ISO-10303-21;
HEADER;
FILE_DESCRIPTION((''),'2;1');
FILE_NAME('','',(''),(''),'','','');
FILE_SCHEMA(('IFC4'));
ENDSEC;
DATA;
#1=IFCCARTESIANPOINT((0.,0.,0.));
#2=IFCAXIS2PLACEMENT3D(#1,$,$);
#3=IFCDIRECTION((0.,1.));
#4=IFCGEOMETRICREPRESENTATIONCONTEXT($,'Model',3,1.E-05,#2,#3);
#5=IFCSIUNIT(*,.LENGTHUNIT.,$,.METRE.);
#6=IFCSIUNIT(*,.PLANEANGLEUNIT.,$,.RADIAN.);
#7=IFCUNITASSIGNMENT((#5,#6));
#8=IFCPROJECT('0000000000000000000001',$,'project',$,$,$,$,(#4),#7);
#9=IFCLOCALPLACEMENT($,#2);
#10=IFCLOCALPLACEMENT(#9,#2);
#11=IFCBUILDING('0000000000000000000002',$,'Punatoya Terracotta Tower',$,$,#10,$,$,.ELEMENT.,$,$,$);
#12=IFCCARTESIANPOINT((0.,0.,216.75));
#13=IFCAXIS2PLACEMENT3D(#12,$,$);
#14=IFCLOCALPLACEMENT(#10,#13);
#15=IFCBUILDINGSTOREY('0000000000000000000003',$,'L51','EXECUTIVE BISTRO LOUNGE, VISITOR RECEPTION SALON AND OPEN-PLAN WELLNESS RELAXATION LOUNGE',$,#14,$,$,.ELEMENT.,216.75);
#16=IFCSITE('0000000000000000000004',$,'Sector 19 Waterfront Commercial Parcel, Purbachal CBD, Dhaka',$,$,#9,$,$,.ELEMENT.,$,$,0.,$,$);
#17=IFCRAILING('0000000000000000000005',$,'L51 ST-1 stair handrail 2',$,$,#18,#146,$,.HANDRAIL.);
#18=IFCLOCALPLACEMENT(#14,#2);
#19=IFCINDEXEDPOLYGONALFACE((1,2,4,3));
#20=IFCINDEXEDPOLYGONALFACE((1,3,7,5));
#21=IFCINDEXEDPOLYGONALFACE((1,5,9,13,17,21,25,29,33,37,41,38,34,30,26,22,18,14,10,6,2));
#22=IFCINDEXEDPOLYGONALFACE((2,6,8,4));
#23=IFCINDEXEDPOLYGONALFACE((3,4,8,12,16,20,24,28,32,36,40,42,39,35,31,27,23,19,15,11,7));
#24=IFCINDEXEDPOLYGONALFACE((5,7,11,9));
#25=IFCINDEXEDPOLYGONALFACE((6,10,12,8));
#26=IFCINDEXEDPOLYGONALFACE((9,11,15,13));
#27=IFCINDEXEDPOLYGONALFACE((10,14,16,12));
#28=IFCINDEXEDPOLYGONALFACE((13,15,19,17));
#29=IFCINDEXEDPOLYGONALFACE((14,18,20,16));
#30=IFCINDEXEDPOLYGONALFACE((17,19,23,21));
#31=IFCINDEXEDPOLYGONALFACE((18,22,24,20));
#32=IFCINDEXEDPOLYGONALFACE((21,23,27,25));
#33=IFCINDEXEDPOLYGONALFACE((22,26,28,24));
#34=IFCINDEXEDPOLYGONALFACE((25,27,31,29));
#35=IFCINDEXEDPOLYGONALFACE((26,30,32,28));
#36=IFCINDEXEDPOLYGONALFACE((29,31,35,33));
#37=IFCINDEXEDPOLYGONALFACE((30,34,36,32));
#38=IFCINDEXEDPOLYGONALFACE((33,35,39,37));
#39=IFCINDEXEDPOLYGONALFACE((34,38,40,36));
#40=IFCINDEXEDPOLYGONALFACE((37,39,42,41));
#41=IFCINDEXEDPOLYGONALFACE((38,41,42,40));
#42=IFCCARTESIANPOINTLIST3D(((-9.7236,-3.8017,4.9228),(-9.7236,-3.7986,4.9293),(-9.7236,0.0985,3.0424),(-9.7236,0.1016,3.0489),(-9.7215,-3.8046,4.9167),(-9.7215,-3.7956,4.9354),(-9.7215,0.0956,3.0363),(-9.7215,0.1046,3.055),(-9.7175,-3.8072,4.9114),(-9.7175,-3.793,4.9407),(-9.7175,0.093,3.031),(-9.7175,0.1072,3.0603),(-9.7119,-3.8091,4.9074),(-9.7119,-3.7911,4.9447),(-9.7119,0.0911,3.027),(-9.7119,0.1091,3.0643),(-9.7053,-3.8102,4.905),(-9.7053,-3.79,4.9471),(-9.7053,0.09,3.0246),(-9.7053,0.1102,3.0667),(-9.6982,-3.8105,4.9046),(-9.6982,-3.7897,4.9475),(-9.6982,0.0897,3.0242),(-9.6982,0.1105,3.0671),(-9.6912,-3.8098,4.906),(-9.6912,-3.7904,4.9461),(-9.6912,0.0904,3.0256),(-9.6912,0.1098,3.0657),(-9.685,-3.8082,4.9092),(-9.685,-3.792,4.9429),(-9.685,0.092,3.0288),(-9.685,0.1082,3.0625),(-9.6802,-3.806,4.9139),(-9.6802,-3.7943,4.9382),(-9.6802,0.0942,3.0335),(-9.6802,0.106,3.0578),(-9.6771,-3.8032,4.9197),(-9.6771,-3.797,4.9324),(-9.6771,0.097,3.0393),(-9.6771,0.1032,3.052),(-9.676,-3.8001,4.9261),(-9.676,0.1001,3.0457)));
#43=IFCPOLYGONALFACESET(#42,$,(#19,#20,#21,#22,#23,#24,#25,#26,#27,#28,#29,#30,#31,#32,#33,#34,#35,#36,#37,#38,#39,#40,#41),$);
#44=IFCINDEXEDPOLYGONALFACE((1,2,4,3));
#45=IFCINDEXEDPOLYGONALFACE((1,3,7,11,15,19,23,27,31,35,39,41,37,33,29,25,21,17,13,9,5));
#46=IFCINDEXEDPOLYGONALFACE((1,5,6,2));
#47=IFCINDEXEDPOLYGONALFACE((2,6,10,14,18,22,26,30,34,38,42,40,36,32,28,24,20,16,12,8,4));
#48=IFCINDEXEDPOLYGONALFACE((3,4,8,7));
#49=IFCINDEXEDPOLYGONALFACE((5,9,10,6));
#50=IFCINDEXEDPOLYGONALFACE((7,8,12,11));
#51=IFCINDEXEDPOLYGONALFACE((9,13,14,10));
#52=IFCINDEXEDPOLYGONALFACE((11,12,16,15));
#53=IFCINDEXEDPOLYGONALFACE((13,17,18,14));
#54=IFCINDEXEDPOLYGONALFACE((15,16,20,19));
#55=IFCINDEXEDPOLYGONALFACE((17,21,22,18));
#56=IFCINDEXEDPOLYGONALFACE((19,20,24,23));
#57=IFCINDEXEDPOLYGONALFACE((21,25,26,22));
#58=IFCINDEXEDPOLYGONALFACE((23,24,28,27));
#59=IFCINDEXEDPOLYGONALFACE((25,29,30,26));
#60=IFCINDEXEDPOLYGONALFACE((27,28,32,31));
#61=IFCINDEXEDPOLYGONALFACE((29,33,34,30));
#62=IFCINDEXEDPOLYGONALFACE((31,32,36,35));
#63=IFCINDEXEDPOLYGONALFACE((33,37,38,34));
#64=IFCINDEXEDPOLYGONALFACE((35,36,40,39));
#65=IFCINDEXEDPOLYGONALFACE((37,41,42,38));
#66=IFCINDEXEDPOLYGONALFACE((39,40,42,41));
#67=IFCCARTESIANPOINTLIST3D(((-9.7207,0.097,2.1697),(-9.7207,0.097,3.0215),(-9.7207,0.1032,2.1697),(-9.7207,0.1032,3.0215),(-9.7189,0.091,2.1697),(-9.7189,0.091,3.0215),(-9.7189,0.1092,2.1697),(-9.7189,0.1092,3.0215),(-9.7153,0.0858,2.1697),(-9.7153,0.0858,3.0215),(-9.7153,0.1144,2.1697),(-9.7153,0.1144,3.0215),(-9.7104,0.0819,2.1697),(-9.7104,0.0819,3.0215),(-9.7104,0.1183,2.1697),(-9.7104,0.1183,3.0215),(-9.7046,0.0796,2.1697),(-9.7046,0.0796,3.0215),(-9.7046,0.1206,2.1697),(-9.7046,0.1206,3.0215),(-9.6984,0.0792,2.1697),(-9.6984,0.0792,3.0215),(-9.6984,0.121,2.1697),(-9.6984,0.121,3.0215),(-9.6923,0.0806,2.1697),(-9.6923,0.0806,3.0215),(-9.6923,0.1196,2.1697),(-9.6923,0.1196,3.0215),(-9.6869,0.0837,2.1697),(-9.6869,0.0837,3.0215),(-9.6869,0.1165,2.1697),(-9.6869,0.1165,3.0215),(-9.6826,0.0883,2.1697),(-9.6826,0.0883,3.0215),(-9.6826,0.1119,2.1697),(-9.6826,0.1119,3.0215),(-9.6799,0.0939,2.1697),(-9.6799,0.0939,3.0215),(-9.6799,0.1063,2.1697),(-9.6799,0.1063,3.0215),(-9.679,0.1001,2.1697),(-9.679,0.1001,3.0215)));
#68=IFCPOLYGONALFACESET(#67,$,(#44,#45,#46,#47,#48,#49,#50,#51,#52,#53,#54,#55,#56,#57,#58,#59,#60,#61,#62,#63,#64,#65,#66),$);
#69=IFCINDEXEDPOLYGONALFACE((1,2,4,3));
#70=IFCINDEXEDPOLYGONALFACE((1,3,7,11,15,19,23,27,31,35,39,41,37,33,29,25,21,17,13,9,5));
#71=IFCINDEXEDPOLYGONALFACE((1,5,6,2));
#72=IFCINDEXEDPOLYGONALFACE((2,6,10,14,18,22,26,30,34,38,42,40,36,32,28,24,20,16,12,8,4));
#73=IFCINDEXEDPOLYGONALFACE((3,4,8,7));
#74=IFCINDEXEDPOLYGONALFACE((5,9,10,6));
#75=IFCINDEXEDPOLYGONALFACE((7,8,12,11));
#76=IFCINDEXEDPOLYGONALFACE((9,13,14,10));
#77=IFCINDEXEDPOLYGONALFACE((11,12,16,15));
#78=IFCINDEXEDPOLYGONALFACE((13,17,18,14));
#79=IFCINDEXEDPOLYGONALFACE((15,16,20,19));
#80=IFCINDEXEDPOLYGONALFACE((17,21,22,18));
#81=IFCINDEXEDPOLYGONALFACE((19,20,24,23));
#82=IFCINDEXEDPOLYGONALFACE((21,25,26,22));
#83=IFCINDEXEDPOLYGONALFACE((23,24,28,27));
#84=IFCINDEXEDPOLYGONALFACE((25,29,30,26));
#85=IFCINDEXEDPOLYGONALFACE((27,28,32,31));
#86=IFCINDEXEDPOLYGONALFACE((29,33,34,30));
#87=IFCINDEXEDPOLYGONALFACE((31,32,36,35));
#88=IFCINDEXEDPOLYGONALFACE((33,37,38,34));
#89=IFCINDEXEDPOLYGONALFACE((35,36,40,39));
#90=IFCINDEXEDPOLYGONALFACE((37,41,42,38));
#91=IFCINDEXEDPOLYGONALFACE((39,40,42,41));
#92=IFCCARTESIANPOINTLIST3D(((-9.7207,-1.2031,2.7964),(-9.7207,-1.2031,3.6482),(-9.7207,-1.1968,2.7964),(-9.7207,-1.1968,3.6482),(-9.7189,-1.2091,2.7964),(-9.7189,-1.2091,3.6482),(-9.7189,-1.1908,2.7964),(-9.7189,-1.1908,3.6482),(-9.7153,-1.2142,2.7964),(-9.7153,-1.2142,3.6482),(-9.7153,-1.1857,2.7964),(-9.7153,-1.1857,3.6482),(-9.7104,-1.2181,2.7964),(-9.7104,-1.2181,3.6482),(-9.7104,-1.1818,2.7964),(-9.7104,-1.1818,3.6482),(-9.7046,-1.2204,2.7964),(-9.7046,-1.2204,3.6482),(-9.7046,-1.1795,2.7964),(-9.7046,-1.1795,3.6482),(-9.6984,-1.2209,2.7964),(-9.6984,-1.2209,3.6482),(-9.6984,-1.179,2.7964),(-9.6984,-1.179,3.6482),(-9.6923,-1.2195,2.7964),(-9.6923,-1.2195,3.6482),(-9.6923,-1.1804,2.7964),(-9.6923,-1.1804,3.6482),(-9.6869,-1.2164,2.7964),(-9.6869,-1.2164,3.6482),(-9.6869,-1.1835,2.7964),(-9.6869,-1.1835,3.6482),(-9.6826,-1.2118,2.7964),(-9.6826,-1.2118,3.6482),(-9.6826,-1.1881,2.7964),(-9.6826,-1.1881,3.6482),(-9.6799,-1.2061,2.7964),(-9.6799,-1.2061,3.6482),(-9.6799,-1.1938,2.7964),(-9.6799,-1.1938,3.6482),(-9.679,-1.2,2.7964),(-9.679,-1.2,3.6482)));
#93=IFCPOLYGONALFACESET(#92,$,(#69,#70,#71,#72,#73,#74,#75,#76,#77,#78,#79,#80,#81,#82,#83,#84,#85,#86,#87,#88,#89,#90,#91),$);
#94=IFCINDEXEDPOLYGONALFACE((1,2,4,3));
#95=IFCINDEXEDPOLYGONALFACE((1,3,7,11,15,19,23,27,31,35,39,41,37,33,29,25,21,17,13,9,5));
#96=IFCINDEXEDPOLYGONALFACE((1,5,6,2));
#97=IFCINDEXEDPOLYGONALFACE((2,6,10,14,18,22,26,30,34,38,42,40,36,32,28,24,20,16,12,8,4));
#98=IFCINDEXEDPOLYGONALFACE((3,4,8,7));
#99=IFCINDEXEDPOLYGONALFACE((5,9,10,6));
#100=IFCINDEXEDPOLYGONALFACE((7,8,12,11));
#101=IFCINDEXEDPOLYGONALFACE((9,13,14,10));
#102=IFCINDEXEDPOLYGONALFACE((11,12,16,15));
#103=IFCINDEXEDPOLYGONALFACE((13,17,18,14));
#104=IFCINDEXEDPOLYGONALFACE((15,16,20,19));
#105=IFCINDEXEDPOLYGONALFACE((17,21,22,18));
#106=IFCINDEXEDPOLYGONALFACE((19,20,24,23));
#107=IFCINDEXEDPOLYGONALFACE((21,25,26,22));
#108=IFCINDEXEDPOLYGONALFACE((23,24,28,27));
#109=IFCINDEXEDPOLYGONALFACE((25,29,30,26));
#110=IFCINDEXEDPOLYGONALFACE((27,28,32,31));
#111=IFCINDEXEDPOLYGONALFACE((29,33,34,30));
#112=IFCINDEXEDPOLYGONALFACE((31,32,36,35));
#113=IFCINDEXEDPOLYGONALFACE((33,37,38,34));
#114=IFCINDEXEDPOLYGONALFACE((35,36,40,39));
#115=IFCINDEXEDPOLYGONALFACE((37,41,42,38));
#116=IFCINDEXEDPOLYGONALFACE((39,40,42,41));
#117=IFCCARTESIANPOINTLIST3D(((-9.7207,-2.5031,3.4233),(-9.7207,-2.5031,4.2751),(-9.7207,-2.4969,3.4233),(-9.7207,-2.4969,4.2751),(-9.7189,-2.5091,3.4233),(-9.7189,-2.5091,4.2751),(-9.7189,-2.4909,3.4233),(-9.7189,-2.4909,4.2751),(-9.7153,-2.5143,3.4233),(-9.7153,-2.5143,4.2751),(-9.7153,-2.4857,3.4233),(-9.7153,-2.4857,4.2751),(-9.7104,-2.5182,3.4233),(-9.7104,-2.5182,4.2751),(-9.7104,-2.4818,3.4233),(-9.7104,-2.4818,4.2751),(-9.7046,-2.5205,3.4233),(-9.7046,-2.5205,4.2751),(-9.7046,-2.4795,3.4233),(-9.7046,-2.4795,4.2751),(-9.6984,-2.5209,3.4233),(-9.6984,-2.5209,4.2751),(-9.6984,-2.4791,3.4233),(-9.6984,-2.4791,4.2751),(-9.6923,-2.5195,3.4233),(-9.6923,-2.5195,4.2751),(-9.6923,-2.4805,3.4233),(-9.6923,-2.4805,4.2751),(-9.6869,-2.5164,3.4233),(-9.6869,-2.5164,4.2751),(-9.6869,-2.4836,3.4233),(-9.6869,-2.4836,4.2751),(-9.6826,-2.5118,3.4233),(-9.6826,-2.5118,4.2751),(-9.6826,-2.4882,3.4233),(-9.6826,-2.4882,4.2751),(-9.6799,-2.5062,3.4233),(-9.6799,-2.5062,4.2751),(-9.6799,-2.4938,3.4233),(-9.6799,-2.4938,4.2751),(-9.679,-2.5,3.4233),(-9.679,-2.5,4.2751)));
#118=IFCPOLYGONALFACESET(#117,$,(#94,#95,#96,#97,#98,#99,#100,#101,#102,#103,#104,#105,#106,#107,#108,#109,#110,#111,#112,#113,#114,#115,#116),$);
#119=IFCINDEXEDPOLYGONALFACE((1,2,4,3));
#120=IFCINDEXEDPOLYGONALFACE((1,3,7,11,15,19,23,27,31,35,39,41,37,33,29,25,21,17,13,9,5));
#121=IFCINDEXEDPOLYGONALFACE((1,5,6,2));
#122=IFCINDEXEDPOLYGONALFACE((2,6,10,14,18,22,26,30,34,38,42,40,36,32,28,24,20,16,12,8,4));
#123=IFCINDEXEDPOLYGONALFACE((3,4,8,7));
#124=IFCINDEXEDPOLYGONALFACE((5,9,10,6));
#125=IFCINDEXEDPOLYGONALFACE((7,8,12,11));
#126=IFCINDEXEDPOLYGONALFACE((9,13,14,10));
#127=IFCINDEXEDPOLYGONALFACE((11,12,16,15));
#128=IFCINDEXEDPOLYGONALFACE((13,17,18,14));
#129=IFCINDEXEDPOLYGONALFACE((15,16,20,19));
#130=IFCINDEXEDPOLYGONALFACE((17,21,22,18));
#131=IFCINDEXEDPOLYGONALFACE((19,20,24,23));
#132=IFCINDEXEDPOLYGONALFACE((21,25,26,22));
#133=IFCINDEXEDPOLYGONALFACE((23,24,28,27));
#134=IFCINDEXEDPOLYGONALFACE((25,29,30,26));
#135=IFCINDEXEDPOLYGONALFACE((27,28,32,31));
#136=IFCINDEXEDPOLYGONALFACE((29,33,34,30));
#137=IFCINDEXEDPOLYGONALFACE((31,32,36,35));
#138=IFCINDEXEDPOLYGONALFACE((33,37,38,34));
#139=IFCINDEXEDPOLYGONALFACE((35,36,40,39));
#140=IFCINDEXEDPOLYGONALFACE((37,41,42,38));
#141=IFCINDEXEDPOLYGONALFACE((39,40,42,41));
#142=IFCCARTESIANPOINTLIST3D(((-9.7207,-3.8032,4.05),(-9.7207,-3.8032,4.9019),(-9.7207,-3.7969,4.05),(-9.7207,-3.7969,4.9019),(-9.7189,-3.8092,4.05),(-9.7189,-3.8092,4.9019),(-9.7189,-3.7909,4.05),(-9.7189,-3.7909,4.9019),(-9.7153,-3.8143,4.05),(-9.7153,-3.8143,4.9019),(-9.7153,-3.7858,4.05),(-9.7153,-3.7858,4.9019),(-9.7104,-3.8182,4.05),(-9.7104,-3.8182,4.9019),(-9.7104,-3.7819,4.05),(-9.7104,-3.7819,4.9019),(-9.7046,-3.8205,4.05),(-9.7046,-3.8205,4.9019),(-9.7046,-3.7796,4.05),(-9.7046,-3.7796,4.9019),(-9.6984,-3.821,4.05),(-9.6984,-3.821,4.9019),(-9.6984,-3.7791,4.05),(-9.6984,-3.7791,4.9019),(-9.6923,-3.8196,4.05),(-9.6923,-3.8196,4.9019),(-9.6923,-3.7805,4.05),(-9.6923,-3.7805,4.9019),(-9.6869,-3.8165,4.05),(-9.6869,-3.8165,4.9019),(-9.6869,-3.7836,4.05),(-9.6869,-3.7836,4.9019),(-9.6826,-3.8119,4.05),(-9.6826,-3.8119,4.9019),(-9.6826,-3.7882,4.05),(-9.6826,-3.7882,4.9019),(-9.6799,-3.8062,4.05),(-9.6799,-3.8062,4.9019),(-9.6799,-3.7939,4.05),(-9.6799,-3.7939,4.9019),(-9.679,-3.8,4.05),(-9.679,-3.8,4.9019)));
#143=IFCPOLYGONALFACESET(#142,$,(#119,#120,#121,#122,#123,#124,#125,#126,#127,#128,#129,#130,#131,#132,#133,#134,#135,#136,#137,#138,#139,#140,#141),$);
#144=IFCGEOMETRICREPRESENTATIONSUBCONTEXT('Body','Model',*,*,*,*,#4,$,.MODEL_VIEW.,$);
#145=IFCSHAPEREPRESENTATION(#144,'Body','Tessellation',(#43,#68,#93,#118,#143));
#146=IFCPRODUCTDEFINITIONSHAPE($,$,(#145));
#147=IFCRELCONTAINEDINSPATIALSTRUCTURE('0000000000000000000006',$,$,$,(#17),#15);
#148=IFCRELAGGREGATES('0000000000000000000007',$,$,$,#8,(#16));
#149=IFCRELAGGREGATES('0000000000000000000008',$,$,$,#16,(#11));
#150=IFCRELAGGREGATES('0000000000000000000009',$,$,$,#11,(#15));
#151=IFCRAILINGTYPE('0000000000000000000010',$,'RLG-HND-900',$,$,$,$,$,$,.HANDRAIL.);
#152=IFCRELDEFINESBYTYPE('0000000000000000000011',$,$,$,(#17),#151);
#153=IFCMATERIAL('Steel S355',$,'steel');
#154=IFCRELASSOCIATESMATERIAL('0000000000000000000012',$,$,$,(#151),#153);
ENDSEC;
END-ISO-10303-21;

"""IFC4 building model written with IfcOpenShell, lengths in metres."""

from ifc_helpers import new_model, si_unit, direction, frame, origin, origin_2d, place, context, subcontext, project, spatial, circle, extrude, material, type_object, element, save


model = new_model("IFC4")

# Units and contexts
model_context = context("Model", 3, precision=1e-05, world=origin(), true_north=direction((0.0, 1.0)))
body_context = subcontext(model_context, "Body", "Model", "MODEL_VIEW")
ifc_project = project(units=[si_unit("LENGTHUNIT", "METRE"), si_unit("PLANEANGLEUNIT", "RADIAN")], contexts=[model_context])

# Site, building, storey
site_placement = place(None, origin())
site = spatial("IfcSite", under=ifc_project, at=site_placement, Name="Sector 19 Waterfront Commercial Parcel, Purbachal CBD, Dhaka", CompositionType="ELEMENT", RefElevation=0.0)
building_placement = place(site_placement, origin())
building = spatial("IfcBuilding", under=site, at=building_placement, Name="Punatoya Terracotta Tower", CompositionType="ELEMENT")
storey_placement = place(building_placement, frame((0.0, 0.0, 216.75)))
storey = spatial("IfcBuildingStorey", under=building, at=storey_placement, Name="L51", Description="EXECUTIVE BISTRO LOUNGE, VISITOR RECEPTION SALON AND OPEN-PLAN WELLNESS RELAXATION LOUNGE", CompositionType="ELEMENT", Elevation=216.75)

# Shared definitions
ifc_material_1 = material(Name="Steel S355", Category="steel")

# Railing
railing_type_1 = type_object("IfcRailingType", Name="RLG-HND-900", PredefinedType="HANDRAIL", material=ifc_material_1)
railing_1_placement = place(storey_placement, frame((-9.7, 0.1001, 2.1697)))
element("IfcRailing", 1, at=railing_1_placement, inside=storey, type_object=railing_type_1, Name="L51 ST-1 stair handrail 2", PredefinedType="HANDRAIL", context=body_context, shape_type="SweptSolid", body=[
    extrude(circle(Radius=0.0239, at=origin_2d()), frame((0.0, 0.0, 0.876), z_axis=(0.0, -0.900774, 0.434289), x_axis=(1.0, 0.0, 0.0)), (0.0, 0.0, 1.0), 4.3298),
    extrude(circle(Radius=0.021, at=origin_2d()), origin(), (0.0, 0.0, 1.0), 0.8518),
    extrude(circle(Radius=0.021, at=origin_2d()), frame((0.0, -1.3, 0.6267)), (0.0, 0.0, 1.0), 0.8518),
    extrude(circle(Radius=0.021, at=origin_2d()), frame((0.0, -2.6001, 1.2537)), (0.0, 0.0, 1.0), 0.8518),
    extrude(circle(Radius=0.021, at=origin_2d()), frame((0.0, -3.9001, 1.8804)), (0.0, 0.0, 1.0), 0.8518),
])

save(model, "model.ifc")
